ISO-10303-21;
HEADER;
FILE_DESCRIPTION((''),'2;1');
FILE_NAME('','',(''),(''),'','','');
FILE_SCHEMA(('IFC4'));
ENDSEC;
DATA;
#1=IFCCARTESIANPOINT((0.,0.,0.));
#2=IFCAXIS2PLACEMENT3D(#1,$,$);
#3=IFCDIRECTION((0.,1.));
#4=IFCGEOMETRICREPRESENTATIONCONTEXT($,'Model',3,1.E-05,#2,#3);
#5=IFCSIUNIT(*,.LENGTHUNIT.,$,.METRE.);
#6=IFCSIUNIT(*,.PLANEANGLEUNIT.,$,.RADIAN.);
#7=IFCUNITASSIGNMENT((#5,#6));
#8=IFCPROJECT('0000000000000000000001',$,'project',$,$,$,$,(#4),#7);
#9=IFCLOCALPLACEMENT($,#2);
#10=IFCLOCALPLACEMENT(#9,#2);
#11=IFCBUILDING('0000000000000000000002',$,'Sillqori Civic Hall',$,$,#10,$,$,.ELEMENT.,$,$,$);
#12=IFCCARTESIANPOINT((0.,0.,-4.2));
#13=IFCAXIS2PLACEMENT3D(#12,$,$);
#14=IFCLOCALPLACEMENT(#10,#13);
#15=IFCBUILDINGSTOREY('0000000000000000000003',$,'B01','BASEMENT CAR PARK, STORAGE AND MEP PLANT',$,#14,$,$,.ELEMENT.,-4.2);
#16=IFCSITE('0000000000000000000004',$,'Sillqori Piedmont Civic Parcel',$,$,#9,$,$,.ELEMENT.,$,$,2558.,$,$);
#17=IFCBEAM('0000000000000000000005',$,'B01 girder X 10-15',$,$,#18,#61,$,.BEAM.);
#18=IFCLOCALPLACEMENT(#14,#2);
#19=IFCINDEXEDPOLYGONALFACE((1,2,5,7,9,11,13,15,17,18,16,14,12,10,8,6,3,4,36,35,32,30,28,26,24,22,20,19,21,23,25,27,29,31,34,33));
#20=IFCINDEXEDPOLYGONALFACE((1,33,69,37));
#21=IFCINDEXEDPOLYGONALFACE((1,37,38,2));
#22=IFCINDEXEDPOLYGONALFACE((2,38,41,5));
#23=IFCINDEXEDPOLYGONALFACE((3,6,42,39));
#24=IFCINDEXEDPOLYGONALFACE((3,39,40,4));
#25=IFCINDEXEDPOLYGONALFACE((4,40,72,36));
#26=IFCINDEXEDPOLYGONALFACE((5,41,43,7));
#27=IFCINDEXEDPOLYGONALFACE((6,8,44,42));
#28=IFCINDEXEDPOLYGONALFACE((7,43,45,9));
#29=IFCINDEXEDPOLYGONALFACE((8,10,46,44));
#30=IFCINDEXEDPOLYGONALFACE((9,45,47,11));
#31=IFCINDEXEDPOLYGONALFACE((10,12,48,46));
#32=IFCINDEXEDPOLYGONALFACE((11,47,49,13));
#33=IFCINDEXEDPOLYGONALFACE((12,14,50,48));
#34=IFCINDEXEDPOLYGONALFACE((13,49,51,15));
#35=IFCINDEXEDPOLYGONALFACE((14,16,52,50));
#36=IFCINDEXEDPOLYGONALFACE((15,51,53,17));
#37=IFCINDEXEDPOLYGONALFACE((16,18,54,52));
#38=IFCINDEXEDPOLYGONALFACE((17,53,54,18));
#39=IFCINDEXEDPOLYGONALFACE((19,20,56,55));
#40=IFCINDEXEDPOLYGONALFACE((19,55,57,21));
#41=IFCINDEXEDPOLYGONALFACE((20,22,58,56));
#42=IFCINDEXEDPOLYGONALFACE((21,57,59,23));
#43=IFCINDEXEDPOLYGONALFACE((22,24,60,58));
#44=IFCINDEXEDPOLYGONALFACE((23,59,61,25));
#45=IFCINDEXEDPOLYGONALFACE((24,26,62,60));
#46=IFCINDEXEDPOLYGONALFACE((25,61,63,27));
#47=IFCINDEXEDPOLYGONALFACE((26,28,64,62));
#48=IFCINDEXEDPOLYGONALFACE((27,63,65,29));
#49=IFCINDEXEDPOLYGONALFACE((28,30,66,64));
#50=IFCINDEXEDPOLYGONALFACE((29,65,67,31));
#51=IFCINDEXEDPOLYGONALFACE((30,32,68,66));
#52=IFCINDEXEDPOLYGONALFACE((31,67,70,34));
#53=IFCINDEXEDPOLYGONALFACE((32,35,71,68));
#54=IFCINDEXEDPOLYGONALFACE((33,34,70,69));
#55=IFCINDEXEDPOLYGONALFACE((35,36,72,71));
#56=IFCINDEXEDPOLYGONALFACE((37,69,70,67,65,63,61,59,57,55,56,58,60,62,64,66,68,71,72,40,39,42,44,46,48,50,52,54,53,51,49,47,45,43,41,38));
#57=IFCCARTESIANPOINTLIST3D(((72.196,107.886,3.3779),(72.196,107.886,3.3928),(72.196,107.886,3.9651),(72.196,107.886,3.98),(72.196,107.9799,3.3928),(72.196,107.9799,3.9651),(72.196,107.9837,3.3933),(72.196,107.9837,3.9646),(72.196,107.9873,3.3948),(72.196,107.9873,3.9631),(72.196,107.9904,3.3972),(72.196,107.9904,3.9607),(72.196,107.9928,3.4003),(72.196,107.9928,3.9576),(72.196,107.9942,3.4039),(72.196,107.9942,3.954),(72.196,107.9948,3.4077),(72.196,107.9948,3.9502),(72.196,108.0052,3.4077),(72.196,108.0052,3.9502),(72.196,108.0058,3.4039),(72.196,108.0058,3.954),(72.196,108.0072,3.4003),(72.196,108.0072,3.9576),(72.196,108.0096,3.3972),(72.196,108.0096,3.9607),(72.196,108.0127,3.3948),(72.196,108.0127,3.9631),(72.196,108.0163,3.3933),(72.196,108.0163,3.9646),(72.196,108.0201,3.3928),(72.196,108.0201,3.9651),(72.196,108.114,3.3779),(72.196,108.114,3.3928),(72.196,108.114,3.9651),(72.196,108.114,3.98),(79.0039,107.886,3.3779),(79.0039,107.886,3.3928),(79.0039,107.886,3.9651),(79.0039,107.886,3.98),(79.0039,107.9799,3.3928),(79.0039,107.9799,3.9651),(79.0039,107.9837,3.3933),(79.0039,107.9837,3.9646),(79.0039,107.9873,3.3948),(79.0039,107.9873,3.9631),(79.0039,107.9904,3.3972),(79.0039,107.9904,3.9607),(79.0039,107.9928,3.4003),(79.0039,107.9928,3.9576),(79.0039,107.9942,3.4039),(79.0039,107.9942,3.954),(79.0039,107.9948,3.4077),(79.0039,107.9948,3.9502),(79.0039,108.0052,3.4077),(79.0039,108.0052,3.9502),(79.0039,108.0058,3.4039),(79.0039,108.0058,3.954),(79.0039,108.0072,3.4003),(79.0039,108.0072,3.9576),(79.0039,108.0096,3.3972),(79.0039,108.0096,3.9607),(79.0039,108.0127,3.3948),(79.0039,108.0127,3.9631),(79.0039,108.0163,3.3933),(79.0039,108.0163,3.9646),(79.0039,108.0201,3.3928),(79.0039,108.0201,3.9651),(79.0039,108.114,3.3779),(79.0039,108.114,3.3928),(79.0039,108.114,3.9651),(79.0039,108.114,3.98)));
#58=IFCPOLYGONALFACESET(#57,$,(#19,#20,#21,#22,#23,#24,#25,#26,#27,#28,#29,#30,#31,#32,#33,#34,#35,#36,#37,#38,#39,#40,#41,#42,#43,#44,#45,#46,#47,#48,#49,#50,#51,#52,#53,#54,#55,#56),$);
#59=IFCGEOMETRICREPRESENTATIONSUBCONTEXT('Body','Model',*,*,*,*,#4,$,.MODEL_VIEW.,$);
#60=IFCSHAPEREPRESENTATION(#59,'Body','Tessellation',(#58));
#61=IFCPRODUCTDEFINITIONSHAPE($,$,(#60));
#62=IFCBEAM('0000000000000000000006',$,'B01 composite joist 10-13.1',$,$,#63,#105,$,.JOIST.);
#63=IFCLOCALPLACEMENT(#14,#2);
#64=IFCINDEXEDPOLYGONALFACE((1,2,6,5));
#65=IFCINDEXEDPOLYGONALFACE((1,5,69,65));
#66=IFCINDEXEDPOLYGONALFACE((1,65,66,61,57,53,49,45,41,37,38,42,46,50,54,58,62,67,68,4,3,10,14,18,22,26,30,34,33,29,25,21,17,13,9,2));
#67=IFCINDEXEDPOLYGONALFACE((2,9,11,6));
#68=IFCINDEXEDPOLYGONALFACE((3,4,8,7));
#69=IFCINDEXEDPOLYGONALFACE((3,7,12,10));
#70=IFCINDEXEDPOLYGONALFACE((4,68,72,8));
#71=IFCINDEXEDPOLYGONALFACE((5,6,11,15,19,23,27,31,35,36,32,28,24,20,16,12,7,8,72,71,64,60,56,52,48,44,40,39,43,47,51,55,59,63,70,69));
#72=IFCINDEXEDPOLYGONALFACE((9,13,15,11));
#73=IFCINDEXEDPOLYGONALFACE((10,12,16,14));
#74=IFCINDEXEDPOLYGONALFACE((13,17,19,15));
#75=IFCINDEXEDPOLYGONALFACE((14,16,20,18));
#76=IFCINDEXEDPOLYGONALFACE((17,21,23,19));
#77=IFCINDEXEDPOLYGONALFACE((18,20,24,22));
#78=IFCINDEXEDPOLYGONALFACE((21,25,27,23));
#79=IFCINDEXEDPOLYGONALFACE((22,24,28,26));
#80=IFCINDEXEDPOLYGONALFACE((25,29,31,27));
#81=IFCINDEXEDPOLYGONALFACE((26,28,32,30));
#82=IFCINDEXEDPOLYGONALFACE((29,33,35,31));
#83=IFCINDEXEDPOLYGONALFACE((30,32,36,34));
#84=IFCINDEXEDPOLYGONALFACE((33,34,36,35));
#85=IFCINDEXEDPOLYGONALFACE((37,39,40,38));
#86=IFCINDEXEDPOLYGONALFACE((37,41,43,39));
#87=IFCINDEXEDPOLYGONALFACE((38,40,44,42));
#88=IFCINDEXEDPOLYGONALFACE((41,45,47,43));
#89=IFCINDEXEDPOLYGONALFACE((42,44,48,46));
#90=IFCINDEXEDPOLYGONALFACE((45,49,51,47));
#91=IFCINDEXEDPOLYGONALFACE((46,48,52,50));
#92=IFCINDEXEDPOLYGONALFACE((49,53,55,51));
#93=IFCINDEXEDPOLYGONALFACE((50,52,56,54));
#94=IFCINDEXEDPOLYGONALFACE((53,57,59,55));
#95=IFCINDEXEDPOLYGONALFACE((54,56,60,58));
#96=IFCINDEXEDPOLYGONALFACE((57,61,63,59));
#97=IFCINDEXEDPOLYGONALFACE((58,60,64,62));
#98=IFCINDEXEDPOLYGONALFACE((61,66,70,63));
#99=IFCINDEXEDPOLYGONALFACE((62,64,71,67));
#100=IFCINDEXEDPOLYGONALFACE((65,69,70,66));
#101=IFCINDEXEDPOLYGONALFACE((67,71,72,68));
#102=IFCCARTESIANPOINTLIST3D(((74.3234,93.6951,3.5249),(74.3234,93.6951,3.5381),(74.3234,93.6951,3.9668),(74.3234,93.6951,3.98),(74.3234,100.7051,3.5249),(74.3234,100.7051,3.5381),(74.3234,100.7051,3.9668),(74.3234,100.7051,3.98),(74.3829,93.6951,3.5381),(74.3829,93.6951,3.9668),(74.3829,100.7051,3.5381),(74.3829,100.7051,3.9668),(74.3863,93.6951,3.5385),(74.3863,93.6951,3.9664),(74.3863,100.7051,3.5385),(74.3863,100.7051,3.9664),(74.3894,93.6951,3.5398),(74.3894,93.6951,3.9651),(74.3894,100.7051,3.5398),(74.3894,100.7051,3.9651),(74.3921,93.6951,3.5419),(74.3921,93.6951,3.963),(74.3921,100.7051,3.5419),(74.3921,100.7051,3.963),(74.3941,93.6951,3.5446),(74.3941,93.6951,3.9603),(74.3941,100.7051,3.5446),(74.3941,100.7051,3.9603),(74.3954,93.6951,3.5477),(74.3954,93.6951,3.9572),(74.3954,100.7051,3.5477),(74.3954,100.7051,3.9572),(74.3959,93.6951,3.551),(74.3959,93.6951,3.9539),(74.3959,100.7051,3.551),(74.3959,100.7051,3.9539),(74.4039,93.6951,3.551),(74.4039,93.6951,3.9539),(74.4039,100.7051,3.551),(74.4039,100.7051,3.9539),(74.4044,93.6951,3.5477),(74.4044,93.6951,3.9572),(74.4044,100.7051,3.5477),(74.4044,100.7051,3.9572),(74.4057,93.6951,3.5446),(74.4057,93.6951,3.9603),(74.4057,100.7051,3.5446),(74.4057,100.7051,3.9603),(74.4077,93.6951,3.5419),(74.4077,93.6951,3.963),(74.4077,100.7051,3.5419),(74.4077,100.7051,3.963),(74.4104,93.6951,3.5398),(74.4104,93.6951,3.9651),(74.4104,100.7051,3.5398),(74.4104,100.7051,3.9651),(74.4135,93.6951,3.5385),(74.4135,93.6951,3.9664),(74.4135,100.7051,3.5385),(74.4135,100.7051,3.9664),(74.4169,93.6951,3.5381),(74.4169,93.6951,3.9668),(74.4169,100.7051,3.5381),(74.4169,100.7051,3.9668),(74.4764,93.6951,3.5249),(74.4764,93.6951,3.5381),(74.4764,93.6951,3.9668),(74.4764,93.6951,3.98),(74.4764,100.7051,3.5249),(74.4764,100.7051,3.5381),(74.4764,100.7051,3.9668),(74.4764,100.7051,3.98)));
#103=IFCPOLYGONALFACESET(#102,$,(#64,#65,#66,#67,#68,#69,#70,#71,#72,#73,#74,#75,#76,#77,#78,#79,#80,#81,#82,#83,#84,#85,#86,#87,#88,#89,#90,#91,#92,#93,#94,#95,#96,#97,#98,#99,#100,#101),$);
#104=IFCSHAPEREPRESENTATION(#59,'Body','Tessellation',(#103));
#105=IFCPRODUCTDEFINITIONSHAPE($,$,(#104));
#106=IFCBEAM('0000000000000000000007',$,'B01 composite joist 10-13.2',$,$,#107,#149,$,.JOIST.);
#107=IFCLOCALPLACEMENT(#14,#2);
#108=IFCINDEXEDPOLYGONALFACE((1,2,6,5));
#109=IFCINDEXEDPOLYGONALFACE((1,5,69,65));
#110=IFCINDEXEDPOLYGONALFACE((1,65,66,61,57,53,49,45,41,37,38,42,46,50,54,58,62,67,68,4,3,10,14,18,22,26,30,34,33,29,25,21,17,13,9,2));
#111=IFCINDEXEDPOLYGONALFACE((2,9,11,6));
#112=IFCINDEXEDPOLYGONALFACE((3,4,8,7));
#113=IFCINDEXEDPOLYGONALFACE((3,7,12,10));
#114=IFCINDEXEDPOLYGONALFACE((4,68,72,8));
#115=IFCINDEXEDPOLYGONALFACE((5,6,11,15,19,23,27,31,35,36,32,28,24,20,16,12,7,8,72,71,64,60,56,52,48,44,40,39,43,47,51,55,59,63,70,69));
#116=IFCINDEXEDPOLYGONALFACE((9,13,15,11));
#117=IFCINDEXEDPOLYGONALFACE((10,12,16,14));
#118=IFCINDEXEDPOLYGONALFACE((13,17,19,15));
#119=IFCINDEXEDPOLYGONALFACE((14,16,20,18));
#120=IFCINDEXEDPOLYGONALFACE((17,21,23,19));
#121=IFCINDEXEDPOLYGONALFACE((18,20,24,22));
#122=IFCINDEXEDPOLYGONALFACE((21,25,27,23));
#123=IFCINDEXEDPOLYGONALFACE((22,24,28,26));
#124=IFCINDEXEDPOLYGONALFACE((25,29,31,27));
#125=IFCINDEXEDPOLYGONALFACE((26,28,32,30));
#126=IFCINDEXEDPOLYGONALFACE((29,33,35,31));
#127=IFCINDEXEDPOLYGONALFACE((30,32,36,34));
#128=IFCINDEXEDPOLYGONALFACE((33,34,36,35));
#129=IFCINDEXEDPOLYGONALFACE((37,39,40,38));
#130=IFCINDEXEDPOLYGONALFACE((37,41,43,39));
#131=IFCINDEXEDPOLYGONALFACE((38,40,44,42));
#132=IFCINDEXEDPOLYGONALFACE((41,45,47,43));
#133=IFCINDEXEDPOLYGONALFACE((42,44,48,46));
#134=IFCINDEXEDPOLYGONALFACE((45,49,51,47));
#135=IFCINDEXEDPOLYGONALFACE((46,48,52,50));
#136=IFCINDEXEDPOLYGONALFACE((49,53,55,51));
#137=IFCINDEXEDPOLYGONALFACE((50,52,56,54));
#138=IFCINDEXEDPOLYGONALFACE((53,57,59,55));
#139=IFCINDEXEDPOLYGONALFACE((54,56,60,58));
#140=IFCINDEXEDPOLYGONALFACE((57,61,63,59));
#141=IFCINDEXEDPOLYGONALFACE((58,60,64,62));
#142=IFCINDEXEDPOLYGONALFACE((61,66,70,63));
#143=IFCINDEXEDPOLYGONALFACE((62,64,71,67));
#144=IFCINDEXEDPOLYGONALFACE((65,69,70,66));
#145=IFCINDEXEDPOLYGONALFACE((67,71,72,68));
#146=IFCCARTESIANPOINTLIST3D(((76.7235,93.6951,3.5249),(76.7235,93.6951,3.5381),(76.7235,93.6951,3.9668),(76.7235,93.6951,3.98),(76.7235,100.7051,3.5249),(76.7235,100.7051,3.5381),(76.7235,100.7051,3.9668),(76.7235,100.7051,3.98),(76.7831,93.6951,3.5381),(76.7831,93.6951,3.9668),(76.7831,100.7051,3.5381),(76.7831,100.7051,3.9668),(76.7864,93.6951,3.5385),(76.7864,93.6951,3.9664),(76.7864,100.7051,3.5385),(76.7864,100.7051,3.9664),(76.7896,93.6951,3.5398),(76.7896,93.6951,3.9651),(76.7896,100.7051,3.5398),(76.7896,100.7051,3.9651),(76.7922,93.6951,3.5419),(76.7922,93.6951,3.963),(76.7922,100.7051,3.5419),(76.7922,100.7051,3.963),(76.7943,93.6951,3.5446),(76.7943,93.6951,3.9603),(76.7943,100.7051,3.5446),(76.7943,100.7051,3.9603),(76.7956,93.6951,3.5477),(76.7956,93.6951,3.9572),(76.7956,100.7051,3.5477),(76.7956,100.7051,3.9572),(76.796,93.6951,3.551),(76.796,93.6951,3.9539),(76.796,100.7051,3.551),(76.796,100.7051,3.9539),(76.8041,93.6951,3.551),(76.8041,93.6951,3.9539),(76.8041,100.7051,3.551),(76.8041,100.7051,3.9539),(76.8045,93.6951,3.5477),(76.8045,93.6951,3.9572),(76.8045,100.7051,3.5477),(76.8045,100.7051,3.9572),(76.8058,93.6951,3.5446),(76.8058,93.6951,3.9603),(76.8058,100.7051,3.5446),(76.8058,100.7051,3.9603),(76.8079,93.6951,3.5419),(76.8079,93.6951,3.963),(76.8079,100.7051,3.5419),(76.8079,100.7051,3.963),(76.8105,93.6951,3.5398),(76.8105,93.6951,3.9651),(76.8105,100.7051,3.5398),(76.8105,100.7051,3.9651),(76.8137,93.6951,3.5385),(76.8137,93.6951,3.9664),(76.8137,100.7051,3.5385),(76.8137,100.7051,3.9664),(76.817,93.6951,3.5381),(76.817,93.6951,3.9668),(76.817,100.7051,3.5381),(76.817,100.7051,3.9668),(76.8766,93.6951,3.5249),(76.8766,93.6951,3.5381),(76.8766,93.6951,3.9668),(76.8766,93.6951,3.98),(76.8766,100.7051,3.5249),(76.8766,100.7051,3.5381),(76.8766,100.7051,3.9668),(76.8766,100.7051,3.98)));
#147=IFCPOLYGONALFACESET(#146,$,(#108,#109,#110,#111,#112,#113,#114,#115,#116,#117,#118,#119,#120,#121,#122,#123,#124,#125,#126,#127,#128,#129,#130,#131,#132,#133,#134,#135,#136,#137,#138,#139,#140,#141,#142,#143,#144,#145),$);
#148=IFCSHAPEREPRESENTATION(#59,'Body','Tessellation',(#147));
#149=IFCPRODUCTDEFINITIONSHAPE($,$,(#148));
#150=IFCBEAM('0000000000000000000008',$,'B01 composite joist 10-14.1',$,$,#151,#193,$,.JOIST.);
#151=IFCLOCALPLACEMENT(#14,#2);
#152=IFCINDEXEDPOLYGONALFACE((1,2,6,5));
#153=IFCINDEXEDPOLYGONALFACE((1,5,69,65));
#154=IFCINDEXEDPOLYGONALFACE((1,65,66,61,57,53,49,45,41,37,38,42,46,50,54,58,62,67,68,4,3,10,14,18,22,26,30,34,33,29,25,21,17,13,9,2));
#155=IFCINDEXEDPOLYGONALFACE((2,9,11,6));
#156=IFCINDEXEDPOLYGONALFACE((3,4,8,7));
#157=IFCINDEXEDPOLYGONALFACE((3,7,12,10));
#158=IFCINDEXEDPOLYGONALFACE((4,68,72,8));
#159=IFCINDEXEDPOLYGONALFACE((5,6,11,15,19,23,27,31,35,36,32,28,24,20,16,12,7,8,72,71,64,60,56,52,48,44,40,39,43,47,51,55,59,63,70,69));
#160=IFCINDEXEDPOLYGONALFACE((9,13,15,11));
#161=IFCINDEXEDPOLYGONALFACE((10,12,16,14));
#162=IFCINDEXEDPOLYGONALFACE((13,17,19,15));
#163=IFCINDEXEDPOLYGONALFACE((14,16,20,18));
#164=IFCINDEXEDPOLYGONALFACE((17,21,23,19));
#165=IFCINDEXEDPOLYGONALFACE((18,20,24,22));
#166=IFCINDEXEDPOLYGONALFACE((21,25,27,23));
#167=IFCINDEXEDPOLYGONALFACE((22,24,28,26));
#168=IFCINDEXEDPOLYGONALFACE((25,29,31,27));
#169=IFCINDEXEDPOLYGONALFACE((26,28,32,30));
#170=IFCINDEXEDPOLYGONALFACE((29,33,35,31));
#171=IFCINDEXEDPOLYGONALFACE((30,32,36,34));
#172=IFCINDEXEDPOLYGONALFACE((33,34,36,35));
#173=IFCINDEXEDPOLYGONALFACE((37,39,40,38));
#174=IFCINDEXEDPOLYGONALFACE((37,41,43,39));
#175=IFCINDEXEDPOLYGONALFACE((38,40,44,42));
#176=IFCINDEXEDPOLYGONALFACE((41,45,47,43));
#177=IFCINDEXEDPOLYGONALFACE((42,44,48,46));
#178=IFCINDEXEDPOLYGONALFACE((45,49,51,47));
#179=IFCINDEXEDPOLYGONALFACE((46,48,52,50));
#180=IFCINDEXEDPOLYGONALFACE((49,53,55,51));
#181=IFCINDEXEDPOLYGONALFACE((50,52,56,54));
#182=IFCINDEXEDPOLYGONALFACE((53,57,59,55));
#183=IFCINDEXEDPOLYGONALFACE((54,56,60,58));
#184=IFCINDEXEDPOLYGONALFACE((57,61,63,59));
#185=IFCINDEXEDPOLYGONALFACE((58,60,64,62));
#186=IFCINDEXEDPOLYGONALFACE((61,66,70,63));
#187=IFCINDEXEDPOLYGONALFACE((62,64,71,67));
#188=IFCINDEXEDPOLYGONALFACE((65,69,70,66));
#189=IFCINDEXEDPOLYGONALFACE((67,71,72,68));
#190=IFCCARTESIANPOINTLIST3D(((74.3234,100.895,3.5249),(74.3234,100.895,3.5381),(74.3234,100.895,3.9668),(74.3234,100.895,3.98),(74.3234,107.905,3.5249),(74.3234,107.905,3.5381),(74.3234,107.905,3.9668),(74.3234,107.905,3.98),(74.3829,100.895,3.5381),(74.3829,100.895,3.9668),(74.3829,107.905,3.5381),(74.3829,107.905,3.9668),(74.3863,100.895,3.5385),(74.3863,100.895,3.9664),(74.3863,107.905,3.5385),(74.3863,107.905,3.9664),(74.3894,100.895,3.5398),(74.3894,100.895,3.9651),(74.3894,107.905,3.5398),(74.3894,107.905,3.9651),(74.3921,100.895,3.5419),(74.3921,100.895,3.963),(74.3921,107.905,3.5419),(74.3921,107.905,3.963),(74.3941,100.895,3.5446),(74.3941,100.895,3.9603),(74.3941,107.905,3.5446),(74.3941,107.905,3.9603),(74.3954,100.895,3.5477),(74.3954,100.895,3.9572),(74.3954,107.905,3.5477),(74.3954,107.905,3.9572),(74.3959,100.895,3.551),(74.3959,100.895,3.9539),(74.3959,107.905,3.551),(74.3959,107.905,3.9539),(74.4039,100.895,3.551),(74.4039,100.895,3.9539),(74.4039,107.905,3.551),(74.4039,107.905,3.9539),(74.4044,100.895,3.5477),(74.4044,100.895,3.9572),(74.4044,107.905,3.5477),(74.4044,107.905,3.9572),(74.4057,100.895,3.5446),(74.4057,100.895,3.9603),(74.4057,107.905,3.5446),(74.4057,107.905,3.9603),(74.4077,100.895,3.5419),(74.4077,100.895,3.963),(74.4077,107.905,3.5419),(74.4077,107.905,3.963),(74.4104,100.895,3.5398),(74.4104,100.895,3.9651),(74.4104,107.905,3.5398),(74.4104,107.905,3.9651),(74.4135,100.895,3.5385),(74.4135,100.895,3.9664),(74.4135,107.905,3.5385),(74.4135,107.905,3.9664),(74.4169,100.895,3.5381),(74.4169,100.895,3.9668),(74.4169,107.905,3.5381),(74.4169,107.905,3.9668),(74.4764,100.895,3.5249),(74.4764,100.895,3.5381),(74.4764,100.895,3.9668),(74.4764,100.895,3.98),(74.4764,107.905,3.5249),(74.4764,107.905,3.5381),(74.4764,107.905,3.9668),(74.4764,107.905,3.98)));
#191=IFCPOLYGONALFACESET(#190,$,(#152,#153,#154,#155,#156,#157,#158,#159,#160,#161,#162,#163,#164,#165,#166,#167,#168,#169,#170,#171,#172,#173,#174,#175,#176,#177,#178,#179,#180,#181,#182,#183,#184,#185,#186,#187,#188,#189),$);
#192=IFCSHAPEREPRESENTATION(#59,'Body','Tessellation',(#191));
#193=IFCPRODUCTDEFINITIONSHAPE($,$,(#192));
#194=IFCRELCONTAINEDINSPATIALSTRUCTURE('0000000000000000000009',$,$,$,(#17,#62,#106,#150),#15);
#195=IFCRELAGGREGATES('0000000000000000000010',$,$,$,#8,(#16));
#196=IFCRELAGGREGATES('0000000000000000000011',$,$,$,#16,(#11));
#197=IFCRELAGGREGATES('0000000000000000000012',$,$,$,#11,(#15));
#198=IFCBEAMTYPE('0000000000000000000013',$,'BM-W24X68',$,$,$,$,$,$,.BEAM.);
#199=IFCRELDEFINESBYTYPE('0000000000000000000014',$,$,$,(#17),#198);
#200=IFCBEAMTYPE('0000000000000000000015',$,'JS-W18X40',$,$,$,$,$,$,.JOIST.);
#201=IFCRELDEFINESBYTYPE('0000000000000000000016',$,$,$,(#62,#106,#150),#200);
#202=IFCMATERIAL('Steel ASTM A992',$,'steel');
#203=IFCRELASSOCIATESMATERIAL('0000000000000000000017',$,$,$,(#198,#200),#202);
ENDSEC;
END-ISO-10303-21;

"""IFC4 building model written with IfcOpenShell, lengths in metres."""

from ifc_helpers import new_model, si_unit, direction, frame, origin, origin_2d, place, context, subcontext, project, spatial, i_section, extrude, material, material_profile, profile_set, type_object, element, save


model = new_model("IFC4")

# Units and contexts
model_context = context("Model", 3, precision=1e-05, world=origin(), true_north=direction((0.0, 1.0)))
body_context = subcontext(model_context, "Body", "Model", "MODEL_VIEW")
ifc_project = project(units=[si_unit("LENGTHUNIT", "METRE"), si_unit("PLANEANGLEUNIT", "RADIAN")], contexts=[model_context])

# Site, building, storey
site_placement = place(None, origin())
site = spatial("IfcSite", under=ifc_project, at=site_placement, Name="Sillqori Piedmont Civic Parcel", CompositionType="ELEMENT", RefElevation=2558.0)
building_placement = place(site_placement, origin())
building = spatial("IfcBuilding", under=site, at=building_placement, Name="Sillqori Civic Hall", CompositionType="ELEMENT")
storey_placement = place(building_placement, frame((0.0, 0.0, -4.2)))
storey = spatial("IfcBuildingStorey", under=building, at=storey_placement, Name="B01", Description="BASEMENT CAR PARK, STORAGE AND MEP PLANT", CompositionType="ELEMENT", Elevation=-4.2)

# Shared definitions
ifc_material_1 = material(Name="Steel ASTM A992", Category="steel")

# Beams
ifc_material_profile_1 = material_profile(ifc_material_1, i_section(OverallWidth=0.228, OverallDepth=0.6021, WebThickness=0.0105, FlangeThickness=0.0149, FilletRadius=0.0149, at=origin_2d()), Name="W24X68")
ifc_profile_set_1 = profile_set([ifc_material_profile_1], Name="Steel ASTM A992")
beam_type_1 = type_object("IfcBeamType", Name="BM-W24X68", PredefinedType="BEAM", material=ifc_profile_set_1)
beam_1_placement = place(storey_placement, frame((72.196, 108.0, 3.679), z_axis=(1.0, 0.0, 0.0), x_axis=(0.0, 1.0, 0.0)))
element("IfcBeam", 1, at=beam_1_placement, inside=storey, type_object=beam_type_1, Name="B01 girder X 10-15", PredefinedType="BEAM", context=body_context, shape_type="SweptSolid", body=[
    extrude(i_section(OverallWidth=0.228, OverallDepth=0.6021, WebThickness=0.0105, FlangeThickness=0.0149, FilletRadius=0.0149, at=origin_2d()), origin(), (0.0, 0.0, 1.0), 6.8079),
])
ifc_material_profile_2 = material_profile(ifc_material_1, i_section(OverallWidth=0.1531, OverallDepth=0.4551, WebThickness=0.0081, FlangeThickness=0.0132, FilletRadius=0.0129, at=origin_2d()), Name="W18X40")
ifc_profile_set_2 = profile_set([ifc_material_profile_2], Name="Steel ASTM A992")
beam_type_2 = type_object("IfcBeamType", Name="JS-W18X40", PredefinedType="JOIST", material=ifc_profile_set_2)
for number, where, z_axis, x_axis, name in (
    (2, (74.3999, 93.6951, 3.7524), (0.0, 1.0, 0.0), (-1.0, 0.0, 0.0), "B01 composite joist 10-13.1"),
    (3, (76.8, 93.6951, 3.7524), (0.0, 1.0, 0.0), (-1.0, 0.0, 0.0), "B01 composite joist 10-13.2"),
    (4, (74.3999, 100.895, 3.7524), (0.0, 1.0, 0.0), (-1.0, 0.0, 0.0), "B01 composite joist 10-14.1"),
):
    element("IfcBeam", number, at=place(storey_placement, frame(where, z_axis=z_axis, x_axis=x_axis)), inside=storey, type_object=beam_type_2, Name=name, PredefinedType="JOIST", context=body_context, shape_type="SweptSolid", body=[
        extrude(i_section(OverallWidth=0.1531, OverallDepth=0.4551, WebThickness=0.0081, FlangeThickness=0.0132, FilletRadius=0.0129, at=origin_2d()), origin(), (0.0, 0.0, 1.0), 7.01),
    ])

save(model, "model.ifc")
